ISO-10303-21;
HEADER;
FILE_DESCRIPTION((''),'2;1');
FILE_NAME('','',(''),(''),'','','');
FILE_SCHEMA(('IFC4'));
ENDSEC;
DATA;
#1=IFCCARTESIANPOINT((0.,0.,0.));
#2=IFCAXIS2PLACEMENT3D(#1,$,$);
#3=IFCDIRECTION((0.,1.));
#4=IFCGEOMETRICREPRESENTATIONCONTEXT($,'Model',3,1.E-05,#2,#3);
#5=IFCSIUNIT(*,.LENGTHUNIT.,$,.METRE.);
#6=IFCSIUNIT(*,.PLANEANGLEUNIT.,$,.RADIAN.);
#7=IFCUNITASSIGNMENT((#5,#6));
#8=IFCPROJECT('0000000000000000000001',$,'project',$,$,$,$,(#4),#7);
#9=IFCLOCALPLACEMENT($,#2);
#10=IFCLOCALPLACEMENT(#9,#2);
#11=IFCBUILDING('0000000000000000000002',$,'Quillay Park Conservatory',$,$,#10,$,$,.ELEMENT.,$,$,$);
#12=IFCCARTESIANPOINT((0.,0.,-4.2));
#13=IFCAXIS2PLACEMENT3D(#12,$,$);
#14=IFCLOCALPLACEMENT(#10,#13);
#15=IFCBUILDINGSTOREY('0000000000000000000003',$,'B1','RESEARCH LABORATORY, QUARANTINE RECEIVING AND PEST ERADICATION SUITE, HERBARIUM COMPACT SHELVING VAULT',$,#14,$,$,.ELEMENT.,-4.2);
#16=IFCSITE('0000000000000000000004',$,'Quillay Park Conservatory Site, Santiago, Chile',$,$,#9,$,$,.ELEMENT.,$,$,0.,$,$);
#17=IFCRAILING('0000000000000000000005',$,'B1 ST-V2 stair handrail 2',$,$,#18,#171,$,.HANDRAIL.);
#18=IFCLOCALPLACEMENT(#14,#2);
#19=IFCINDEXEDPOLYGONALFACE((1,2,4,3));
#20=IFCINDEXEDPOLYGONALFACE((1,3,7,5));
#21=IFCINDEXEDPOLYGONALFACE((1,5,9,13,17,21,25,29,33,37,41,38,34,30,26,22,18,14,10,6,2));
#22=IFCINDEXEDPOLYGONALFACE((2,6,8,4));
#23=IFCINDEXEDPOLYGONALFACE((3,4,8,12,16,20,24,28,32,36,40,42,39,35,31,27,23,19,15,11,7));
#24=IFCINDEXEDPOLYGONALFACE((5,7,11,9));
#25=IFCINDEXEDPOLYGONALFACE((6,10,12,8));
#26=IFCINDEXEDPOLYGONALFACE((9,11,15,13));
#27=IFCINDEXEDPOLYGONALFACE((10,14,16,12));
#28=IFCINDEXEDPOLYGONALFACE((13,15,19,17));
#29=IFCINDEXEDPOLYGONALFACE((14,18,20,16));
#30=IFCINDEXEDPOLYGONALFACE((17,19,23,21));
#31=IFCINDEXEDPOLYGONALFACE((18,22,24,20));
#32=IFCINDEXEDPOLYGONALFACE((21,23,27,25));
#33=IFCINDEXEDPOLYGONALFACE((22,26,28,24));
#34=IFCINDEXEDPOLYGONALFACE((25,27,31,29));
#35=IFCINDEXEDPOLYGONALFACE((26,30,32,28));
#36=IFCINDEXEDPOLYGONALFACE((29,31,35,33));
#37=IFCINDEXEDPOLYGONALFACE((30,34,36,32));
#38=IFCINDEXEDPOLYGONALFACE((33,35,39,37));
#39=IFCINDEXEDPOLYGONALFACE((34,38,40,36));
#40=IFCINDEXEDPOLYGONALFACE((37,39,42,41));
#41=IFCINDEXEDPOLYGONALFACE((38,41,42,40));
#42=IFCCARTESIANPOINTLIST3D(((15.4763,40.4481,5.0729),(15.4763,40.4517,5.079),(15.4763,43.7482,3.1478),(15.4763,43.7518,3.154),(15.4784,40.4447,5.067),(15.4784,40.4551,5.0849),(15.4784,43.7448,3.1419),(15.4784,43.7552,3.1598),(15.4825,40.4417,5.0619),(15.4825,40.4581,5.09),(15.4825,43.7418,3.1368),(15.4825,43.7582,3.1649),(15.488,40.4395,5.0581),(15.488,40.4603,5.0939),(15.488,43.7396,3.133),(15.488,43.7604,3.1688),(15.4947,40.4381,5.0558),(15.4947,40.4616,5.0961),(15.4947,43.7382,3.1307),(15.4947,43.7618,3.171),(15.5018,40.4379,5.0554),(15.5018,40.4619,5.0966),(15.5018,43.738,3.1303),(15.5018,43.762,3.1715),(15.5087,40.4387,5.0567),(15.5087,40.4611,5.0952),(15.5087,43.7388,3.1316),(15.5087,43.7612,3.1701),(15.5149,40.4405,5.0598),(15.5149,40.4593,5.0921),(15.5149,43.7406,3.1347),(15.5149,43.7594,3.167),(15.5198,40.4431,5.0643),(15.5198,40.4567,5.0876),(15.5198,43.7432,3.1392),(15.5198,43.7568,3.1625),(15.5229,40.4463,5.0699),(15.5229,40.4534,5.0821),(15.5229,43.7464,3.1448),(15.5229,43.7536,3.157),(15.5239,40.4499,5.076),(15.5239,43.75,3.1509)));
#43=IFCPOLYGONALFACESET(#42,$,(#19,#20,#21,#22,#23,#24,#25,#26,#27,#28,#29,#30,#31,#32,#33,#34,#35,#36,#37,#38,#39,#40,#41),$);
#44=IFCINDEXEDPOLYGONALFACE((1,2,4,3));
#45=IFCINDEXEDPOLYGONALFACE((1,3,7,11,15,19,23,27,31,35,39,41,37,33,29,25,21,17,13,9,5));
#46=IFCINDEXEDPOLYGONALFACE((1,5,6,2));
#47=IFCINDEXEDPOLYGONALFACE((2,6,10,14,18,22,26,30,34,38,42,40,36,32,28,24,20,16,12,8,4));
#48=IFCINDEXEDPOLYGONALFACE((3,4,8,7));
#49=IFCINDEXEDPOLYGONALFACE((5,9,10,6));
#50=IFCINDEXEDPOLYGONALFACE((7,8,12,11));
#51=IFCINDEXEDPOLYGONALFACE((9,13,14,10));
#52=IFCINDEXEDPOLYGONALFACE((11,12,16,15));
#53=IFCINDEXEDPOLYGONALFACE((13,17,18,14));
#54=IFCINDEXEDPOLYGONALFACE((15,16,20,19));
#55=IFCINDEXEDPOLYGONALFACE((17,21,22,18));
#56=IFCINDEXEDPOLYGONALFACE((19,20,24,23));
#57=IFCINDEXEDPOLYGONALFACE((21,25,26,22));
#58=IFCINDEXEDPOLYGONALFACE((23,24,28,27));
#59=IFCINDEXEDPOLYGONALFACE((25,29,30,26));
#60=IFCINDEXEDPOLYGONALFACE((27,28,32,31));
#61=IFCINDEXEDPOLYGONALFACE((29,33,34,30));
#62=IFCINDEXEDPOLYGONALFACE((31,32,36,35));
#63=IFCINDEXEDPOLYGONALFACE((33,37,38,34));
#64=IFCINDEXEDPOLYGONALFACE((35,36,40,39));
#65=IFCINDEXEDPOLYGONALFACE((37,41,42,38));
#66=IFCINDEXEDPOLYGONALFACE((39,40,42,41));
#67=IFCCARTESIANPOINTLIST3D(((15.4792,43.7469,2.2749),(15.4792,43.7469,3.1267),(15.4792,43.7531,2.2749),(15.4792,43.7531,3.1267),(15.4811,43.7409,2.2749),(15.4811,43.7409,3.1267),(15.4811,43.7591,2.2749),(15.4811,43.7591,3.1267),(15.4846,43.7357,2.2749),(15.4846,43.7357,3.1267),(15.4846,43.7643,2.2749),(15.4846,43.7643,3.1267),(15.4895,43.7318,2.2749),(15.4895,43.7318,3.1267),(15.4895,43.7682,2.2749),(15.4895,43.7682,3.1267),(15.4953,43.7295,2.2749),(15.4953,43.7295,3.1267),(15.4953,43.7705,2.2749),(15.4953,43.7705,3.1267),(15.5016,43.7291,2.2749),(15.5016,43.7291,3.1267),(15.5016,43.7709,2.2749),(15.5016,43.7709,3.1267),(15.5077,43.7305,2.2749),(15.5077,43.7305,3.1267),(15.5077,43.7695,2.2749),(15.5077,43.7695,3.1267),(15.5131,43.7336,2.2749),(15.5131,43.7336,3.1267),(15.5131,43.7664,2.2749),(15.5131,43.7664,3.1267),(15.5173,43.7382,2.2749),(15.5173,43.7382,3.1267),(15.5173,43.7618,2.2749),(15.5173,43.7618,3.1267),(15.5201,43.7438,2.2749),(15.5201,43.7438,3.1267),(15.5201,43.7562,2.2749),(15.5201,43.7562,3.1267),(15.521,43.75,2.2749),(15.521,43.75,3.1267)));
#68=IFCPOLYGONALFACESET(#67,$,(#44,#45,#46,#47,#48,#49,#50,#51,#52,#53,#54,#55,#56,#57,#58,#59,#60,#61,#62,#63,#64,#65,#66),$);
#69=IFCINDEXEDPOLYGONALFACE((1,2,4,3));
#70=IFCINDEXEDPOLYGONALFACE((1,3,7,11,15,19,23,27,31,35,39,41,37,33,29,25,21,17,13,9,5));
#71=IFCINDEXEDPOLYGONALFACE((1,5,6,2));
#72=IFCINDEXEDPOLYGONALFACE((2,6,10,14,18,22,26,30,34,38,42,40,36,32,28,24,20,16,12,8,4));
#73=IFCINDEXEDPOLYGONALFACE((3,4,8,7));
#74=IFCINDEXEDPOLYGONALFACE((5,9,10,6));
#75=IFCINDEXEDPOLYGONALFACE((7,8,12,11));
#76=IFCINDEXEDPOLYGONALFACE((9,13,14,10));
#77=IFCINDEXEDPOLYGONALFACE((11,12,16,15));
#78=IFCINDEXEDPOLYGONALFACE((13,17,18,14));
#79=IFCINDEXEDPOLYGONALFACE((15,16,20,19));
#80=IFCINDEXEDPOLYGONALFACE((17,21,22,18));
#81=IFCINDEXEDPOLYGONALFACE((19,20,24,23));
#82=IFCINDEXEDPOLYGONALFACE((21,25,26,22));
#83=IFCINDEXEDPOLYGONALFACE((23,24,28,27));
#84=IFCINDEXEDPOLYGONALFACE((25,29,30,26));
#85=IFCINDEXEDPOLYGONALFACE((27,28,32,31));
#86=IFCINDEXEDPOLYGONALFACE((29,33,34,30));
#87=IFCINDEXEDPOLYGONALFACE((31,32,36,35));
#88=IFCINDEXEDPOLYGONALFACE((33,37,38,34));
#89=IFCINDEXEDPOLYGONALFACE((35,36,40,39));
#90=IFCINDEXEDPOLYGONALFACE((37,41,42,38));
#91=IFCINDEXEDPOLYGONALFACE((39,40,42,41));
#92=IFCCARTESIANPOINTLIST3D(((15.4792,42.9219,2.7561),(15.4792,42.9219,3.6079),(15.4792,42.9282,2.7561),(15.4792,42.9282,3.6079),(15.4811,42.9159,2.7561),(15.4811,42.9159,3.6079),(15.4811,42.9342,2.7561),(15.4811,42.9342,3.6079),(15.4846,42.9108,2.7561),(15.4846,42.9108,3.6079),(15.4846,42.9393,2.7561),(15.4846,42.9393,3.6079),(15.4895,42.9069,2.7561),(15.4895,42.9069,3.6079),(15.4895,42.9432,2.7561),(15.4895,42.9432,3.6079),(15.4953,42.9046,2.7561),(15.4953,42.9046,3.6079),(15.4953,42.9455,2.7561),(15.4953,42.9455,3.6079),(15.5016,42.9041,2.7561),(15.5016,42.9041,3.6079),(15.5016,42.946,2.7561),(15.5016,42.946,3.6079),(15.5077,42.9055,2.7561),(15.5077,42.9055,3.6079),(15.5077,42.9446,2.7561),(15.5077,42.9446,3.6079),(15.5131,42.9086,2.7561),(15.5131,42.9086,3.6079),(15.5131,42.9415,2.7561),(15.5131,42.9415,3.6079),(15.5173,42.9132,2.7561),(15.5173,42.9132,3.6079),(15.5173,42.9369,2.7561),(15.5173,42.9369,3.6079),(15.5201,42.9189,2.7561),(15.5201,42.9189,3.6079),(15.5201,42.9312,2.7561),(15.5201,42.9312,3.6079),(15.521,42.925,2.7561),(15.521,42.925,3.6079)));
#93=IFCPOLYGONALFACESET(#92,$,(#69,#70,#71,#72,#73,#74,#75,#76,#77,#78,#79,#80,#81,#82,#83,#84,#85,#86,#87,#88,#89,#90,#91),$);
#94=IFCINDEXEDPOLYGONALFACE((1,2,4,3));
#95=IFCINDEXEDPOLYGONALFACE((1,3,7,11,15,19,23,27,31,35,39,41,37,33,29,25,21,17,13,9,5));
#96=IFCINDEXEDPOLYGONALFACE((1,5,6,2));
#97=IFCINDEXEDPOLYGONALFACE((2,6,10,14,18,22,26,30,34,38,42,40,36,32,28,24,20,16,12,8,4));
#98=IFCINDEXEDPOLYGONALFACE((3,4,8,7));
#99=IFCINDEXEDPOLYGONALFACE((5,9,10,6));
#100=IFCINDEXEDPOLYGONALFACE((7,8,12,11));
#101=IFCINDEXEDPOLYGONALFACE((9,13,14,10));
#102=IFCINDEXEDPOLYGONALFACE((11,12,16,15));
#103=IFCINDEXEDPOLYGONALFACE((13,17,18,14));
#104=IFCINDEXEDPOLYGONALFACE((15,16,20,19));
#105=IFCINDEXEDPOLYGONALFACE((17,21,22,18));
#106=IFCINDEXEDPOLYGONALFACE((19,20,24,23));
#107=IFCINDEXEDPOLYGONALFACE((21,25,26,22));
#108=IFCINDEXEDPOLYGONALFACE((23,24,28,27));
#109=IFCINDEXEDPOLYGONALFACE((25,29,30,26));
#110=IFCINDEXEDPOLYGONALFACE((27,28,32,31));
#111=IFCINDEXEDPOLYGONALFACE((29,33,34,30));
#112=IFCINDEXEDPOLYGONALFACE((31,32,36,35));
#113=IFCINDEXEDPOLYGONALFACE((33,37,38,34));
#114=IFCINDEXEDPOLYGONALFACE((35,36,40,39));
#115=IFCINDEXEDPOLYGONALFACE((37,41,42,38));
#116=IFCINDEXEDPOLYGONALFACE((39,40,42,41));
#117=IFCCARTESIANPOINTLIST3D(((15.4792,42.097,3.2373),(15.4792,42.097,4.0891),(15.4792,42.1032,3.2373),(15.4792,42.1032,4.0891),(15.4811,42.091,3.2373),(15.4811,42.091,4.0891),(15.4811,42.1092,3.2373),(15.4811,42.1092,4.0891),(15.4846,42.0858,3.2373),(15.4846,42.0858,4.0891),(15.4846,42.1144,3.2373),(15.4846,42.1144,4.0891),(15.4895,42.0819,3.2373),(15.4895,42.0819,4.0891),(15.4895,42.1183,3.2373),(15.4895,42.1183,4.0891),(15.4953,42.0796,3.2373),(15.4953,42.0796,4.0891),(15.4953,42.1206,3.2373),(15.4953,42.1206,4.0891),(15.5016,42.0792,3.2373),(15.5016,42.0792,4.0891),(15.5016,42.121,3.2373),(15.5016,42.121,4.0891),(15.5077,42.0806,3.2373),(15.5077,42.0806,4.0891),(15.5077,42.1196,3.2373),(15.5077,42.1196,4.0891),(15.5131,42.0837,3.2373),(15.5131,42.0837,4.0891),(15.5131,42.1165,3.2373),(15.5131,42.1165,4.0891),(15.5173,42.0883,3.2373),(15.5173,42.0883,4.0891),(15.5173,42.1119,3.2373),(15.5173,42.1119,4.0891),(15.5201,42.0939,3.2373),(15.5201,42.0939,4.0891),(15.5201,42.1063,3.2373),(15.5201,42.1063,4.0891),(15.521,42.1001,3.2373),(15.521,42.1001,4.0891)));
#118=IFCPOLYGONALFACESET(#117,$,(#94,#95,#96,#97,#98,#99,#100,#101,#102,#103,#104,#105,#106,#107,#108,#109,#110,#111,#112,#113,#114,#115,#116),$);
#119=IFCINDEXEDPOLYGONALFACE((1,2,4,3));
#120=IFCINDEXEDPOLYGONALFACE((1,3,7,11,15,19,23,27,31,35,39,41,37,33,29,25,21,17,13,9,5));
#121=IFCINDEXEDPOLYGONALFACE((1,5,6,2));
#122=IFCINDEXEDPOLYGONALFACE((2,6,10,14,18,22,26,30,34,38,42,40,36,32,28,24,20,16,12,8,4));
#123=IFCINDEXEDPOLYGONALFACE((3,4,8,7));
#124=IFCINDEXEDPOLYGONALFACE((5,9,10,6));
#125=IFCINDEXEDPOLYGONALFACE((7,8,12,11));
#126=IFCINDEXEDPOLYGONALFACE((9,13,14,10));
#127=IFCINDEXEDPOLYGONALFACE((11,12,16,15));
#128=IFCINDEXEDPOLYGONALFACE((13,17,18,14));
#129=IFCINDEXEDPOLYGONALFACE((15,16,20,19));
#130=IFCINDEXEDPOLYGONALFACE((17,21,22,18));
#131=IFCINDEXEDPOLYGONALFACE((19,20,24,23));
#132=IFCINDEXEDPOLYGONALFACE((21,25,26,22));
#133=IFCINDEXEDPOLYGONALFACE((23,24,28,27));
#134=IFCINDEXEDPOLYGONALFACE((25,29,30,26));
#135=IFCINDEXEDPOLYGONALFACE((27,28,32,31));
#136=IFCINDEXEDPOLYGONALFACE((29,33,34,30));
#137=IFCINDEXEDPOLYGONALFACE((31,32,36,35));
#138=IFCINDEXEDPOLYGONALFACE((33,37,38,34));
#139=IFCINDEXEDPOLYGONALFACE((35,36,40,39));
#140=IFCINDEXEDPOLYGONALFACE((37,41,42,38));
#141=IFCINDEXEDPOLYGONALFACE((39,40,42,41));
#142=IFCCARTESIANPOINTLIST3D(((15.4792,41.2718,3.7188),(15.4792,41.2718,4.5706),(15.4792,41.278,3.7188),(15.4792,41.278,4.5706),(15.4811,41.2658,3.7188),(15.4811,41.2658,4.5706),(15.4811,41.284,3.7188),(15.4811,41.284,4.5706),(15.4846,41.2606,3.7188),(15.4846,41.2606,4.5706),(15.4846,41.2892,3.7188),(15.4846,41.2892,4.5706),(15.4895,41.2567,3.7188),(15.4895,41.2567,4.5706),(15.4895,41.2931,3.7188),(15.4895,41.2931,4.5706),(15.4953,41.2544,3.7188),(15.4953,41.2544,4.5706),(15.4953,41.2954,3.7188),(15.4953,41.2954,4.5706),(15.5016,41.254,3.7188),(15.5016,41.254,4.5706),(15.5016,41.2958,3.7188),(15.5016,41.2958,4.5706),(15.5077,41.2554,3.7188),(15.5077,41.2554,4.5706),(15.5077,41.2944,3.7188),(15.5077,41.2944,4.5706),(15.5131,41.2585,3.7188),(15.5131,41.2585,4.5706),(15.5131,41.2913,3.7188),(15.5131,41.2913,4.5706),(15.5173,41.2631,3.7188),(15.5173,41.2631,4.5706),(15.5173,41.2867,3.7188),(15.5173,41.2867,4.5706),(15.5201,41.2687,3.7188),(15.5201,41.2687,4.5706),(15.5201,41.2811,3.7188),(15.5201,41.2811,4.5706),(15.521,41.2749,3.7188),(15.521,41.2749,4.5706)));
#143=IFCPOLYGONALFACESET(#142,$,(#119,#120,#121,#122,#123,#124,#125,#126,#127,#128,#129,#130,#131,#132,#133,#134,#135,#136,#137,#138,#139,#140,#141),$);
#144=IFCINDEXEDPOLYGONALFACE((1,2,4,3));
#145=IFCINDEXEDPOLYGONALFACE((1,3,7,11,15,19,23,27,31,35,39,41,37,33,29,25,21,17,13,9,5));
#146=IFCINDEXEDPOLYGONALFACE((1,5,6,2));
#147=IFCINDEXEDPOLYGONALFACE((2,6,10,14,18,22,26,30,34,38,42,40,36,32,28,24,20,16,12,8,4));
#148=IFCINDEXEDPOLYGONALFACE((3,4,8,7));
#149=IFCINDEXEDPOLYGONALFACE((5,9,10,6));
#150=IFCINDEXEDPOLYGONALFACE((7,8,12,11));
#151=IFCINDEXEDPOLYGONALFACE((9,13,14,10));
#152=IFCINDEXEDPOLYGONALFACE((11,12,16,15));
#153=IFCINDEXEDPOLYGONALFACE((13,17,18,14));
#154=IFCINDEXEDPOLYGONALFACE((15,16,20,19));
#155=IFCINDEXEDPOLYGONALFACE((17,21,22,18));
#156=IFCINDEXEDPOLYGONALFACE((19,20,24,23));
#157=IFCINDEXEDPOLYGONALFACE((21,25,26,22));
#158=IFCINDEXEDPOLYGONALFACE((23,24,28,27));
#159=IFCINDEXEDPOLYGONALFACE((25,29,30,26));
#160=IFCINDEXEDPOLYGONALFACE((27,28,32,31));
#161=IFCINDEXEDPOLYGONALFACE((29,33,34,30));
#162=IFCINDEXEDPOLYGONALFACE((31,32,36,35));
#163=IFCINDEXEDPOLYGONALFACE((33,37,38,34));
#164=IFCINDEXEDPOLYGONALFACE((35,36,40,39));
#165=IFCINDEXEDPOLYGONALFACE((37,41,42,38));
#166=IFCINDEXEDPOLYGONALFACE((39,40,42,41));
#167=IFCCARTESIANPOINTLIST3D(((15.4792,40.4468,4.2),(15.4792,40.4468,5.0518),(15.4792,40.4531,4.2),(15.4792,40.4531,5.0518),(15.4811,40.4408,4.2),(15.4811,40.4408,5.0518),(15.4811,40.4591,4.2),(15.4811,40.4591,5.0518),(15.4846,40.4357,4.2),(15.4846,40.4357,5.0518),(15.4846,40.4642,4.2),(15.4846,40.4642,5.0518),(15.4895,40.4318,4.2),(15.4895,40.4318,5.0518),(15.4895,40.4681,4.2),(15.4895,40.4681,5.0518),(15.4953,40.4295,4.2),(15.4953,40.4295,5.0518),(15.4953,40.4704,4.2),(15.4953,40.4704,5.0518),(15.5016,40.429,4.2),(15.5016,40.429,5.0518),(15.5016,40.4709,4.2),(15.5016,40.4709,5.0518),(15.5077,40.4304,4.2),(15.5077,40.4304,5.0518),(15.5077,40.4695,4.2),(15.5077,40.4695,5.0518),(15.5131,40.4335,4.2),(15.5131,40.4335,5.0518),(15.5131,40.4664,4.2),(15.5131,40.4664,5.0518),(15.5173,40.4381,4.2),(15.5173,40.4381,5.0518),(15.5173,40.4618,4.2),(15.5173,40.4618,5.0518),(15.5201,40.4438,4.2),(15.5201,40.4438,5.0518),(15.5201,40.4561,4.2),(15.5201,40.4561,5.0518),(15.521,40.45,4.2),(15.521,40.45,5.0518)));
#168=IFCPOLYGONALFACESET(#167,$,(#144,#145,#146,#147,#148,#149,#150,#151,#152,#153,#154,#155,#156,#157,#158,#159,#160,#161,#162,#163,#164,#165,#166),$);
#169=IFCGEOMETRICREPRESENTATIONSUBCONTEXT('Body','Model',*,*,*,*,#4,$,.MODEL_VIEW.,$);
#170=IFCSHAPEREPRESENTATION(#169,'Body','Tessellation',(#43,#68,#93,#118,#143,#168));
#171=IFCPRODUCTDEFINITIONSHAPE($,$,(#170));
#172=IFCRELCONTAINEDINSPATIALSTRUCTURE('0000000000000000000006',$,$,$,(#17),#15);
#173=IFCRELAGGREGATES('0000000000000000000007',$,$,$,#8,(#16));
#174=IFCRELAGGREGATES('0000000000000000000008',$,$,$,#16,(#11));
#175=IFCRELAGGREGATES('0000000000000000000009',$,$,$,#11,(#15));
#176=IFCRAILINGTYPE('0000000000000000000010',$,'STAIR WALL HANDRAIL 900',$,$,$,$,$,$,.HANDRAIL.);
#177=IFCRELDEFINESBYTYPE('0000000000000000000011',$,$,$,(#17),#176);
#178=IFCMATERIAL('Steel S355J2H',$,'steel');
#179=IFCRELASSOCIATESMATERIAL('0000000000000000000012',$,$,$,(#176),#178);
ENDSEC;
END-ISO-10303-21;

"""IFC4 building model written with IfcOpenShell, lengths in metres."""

from ifc_helpers import new_model, si_unit, direction, frame, origin, origin_2d, place, context, subcontext, project, spatial, circle, extrude, material, type_object, element, save


model = new_model("IFC4")

# Units and contexts
model_context = context("Model", 3, precision=1e-05, world=origin(), true_north=direction((0.0, 1.0)))
body_context = subcontext(model_context, "Body", "Model", "MODEL_VIEW")
ifc_project = project(units=[si_unit("LENGTHUNIT", "METRE"), si_unit("PLANEANGLEUNIT", "RADIAN")], contexts=[model_context])

# Site, building, storey
site_placement = place(None, origin())
site = spatial("IfcSite", under=ifc_project, at=site_placement, Name="Quillay Park Conservatory Site, Santiago, Chile", CompositionType="ELEMENT", RefElevation=0.0)
building_placement = place(site_placement, origin())
building = spatial("IfcBuilding", under=site, at=building_placement, Name="Quillay Park Conservatory", CompositionType="ELEMENT")
storey_placement = place(building_placement, frame((0.0, 0.0, -4.2)))
storey = spatial("IfcBuildingStorey", under=building, at=storey_placement, Name="B1", Description="RESEARCH LABORATORY, QUARANTINE RECEIVING AND PEST ERADICATION SUITE, HERBARIUM COMPACT SHELVING VAULT", CompositionType="ELEMENT", Elevation=-4.2)

# Railing
ifc_material_1 = material(Name="Steel S355J2H", Category="steel")
railing_type_1 = type_object("IfcRailingType", Name="STAIR WALL HANDRAIL 900", PredefinedType="HANDRAIL", material=ifc_material_1)
railing_1_placement = place(storey_placement, frame((15.5, 43.75, 2.2749)))
element("IfcRailing", 1, at=railing_1_placement, inside=storey, type_object=railing_type_1, Name="B1 ST-V2 stair handrail 2", PredefinedType="HANDRAIL", context=body_context, shape_type="SweptSolid", body=[
    extrude(circle(Radius=0.0239, at=origin_2d()), frame((0.0, 0.0, 0.876), z_axis=(0.0, -0.863777, 0.503875), x_axis=(1.0, 0.0, 0.0)), (0.0, 0.0, 1.0), 3.8206),
    extrude(circle(Radius=0.021, at=origin_2d()), origin(), (0.0, 0.0, 1.0), 0.8518),
    extrude(circle(Radius=0.021, at=origin_2d()), frame((0.0, -0.825, 0.4812)), (0.0, 0.0, 1.0), 0.8518),
    extrude(circle(Radius=0.021, at=origin_2d()), frame((0.0, -1.6499, 0.9624)), (0.0, 0.0, 1.0), 0.8518),
    extrude(circle(Radius=0.021, at=origin_2d()), frame((0.0, -2.4751, 1.4438)), (0.0, 0.0, 1.0), 0.8518),
    extrude(circle(Radius=0.021, at=origin_2d()), frame((0.0, -3.3, 1.925)), (0.0, 0.0, 1.0), 0.8518),
])

save(model, "model.ifc")
